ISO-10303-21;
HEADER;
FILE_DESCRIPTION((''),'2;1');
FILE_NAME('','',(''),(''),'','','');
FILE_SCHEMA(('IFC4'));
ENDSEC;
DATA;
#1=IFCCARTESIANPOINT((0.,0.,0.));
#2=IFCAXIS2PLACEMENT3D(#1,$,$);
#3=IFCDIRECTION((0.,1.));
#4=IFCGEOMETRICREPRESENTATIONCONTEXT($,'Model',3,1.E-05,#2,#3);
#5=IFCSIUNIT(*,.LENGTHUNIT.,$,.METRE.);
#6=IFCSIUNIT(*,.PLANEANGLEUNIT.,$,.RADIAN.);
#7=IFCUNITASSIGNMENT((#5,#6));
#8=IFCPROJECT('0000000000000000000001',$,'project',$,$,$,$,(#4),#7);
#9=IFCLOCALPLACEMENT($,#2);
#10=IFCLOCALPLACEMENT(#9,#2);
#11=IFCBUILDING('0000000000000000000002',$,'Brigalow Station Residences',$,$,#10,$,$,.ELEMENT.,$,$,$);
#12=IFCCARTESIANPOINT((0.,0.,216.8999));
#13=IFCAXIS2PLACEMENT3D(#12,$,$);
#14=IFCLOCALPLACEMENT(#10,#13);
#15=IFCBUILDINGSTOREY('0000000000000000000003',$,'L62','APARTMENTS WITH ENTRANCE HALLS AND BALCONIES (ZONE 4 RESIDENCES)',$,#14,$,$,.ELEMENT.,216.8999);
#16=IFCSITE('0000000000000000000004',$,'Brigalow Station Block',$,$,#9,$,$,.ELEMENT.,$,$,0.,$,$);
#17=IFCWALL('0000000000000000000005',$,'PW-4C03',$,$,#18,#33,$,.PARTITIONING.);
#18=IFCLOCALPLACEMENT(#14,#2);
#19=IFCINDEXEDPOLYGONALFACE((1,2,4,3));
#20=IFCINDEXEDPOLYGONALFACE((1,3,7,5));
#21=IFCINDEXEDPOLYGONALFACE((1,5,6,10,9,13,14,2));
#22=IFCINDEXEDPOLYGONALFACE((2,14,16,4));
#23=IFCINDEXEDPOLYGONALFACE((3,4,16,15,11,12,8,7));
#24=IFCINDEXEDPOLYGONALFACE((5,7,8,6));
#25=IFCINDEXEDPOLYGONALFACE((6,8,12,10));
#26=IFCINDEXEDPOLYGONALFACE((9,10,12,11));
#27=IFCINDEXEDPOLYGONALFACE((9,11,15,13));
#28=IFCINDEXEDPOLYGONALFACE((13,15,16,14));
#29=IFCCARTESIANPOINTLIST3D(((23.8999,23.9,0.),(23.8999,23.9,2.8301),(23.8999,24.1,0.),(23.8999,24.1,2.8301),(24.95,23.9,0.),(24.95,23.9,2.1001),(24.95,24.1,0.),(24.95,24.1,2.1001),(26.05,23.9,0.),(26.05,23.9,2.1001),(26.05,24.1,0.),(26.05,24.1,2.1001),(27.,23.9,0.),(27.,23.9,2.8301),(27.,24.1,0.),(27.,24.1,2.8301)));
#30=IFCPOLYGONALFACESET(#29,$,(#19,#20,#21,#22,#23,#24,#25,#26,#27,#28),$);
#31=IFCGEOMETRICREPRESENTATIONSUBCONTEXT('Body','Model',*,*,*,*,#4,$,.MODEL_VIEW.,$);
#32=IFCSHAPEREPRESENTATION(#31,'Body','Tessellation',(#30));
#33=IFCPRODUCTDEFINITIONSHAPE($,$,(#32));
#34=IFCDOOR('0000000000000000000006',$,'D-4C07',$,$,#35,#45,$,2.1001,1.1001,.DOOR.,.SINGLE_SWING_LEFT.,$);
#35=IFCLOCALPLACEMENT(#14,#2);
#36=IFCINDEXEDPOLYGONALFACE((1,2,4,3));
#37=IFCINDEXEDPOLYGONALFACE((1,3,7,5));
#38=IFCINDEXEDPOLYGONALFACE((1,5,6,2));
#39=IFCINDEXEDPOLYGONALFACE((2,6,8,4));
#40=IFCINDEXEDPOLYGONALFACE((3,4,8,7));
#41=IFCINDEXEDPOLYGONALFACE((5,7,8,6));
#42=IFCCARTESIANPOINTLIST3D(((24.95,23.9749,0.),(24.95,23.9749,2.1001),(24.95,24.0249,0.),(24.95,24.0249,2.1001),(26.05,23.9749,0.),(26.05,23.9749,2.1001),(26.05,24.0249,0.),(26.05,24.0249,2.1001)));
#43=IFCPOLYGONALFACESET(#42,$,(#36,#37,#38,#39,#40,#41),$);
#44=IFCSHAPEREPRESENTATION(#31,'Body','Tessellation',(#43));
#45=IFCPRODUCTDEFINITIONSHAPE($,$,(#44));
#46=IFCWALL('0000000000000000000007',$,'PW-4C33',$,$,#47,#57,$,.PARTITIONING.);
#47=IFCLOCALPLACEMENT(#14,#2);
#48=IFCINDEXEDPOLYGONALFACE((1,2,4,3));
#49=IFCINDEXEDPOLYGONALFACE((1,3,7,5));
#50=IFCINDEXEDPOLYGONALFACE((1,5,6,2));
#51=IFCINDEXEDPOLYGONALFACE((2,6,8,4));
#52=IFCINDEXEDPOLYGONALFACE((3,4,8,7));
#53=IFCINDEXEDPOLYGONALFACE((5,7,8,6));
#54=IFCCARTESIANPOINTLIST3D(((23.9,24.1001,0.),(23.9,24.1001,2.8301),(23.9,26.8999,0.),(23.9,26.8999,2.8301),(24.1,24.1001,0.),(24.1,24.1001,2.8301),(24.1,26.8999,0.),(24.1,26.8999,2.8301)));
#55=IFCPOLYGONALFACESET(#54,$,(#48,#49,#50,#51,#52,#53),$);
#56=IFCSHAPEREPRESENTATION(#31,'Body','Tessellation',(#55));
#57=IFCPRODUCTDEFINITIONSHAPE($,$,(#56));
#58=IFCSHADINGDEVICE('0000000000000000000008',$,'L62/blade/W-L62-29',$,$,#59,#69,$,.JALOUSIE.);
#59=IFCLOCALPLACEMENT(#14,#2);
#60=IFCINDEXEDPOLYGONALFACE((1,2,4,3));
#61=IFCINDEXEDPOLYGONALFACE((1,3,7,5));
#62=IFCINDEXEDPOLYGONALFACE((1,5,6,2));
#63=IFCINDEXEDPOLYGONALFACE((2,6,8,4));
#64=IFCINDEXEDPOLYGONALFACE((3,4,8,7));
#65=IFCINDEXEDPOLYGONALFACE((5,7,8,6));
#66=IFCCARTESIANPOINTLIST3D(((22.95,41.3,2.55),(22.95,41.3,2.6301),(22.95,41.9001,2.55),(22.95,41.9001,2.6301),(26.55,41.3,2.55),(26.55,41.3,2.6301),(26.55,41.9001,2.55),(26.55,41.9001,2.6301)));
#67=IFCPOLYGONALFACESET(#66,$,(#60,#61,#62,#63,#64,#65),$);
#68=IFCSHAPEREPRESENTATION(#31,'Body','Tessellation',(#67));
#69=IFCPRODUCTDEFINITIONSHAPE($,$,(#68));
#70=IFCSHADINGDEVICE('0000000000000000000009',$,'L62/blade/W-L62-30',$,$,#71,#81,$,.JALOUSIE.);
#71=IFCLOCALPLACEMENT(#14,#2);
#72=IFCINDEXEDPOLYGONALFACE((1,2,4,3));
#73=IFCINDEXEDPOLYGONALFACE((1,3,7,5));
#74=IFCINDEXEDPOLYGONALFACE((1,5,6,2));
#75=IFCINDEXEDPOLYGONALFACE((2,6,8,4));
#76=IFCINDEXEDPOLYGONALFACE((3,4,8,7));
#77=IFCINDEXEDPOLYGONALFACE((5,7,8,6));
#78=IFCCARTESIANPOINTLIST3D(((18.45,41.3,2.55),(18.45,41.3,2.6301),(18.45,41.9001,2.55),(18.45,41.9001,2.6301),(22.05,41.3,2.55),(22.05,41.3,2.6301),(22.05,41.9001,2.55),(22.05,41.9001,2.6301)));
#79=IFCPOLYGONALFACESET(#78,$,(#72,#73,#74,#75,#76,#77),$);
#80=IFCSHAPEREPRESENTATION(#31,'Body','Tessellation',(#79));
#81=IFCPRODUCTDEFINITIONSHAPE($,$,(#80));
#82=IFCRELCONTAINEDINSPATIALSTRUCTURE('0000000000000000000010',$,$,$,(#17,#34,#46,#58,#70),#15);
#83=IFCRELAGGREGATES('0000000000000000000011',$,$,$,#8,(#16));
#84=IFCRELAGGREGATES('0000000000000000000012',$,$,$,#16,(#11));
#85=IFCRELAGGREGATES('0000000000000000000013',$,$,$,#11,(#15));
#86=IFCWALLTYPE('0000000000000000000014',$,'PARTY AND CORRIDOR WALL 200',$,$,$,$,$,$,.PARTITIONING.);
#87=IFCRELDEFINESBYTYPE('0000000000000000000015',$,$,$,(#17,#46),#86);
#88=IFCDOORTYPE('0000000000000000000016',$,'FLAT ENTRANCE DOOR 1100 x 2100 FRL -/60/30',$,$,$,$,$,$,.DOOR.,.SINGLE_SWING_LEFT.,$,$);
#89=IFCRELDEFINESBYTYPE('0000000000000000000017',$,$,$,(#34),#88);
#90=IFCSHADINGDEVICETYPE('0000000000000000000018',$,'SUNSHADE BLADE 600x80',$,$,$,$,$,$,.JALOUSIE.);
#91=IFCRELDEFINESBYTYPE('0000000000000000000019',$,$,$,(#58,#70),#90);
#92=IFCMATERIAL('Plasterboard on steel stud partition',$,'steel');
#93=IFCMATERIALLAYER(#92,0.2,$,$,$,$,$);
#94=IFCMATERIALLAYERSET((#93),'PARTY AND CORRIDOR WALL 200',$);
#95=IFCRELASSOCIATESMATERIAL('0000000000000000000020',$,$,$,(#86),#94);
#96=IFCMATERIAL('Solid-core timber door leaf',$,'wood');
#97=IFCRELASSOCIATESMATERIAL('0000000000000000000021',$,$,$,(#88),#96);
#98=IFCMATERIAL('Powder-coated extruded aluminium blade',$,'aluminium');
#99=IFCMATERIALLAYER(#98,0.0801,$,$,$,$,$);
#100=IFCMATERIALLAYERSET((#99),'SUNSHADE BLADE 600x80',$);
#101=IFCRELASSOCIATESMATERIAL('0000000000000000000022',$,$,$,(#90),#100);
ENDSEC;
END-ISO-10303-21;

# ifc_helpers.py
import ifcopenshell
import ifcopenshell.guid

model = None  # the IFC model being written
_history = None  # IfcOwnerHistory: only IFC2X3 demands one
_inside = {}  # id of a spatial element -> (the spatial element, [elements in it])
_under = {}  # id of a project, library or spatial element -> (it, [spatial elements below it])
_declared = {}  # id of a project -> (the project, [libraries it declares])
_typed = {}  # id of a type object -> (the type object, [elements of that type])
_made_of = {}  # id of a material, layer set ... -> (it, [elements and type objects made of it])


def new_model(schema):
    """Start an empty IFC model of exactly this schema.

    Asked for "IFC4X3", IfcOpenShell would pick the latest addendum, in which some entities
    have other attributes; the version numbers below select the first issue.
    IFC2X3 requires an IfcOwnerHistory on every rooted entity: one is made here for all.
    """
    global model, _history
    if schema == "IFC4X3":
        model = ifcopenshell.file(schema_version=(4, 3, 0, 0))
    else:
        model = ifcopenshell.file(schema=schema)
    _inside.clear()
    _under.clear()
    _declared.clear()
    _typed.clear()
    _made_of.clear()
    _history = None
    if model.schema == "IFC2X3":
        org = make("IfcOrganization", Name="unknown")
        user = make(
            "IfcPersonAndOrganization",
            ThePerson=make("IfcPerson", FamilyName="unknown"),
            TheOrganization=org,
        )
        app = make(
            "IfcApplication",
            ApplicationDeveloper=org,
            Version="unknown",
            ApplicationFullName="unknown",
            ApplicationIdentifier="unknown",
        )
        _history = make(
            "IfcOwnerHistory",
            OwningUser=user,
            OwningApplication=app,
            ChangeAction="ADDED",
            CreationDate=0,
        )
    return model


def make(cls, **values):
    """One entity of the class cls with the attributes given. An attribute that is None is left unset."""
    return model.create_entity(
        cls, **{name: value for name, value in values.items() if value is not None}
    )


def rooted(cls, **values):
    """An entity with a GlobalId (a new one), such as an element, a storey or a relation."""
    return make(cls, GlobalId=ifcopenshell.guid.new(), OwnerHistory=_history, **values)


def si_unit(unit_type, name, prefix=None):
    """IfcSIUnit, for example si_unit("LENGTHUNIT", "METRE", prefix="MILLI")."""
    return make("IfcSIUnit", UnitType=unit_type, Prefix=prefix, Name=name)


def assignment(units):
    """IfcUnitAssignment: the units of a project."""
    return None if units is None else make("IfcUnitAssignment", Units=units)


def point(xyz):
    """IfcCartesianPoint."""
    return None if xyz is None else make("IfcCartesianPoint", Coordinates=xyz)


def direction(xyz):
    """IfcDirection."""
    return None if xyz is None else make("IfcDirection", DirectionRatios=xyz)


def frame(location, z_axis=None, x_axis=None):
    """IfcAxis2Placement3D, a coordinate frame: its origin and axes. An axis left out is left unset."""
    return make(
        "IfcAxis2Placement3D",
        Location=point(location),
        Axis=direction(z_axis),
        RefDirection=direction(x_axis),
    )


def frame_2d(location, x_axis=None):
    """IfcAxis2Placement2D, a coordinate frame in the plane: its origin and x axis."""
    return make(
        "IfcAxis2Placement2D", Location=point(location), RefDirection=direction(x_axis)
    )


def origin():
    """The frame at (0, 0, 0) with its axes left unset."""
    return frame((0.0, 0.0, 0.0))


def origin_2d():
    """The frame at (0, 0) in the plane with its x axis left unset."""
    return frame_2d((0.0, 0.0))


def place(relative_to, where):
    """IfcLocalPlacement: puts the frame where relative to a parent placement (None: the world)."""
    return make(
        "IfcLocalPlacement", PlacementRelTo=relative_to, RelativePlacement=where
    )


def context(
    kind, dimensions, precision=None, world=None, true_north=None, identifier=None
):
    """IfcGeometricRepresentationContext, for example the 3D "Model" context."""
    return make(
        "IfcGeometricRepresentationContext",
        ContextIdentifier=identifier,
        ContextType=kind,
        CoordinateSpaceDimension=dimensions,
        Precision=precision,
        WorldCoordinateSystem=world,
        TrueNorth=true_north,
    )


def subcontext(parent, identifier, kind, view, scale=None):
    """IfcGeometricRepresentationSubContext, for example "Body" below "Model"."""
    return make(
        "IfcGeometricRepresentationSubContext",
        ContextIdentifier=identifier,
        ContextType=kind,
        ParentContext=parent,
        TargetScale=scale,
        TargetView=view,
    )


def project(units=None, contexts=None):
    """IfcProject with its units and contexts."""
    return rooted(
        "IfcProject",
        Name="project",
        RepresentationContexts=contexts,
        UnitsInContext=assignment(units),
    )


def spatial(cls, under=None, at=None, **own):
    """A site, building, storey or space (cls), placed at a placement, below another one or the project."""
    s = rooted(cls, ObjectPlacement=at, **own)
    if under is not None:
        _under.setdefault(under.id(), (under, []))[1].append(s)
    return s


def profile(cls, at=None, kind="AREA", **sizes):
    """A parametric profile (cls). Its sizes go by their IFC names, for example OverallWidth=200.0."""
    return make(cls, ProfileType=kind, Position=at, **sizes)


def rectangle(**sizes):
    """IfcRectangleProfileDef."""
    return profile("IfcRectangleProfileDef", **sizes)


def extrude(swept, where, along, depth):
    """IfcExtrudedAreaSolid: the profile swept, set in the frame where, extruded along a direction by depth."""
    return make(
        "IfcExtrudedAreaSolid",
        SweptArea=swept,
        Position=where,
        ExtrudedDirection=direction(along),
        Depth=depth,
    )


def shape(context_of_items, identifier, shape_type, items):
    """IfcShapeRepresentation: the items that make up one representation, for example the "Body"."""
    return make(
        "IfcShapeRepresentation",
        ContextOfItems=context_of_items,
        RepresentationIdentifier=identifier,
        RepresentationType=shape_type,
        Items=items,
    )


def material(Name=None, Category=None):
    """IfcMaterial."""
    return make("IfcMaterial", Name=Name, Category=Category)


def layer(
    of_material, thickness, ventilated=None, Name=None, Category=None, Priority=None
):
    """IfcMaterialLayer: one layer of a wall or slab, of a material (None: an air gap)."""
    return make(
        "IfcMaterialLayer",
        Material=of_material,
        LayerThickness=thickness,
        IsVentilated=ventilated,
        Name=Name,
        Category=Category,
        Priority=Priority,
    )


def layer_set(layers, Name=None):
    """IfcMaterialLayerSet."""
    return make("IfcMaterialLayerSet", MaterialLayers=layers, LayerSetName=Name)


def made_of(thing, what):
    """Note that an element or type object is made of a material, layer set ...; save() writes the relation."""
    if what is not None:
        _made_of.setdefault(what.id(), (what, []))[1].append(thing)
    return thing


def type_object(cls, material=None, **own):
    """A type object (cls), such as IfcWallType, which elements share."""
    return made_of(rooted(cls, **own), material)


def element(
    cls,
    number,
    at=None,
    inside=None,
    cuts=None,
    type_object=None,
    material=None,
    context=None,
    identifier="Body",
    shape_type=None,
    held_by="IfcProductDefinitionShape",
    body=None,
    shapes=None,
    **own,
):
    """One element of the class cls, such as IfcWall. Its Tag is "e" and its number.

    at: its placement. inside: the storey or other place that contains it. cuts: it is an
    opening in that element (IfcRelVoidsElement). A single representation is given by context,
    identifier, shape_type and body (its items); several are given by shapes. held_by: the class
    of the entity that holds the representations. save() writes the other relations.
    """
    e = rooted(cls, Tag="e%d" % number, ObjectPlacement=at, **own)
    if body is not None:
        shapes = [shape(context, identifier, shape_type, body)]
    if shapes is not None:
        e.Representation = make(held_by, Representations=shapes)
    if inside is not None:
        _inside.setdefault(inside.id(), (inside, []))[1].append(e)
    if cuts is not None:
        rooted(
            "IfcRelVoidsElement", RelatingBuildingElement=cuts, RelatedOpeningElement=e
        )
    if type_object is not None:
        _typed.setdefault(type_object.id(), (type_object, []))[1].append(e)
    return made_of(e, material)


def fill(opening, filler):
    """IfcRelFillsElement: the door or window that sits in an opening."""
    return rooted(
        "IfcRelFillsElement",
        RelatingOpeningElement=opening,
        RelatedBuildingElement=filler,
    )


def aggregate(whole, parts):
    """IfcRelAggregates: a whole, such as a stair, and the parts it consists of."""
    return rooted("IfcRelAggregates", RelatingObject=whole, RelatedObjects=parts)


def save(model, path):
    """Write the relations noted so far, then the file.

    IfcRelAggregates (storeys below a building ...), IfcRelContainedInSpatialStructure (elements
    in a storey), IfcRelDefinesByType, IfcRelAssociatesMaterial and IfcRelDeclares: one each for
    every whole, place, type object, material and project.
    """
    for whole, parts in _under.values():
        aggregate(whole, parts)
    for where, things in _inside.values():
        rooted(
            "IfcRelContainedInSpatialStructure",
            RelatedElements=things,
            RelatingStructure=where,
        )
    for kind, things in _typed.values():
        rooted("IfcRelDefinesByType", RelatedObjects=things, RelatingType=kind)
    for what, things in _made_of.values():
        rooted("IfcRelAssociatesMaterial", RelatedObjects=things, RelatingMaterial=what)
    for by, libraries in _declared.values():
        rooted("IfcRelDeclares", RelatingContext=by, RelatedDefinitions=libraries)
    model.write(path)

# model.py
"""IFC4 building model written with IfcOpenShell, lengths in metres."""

from ifc_helpers import new_model, si_unit, direction, frame, frame_2d, origin, origin_2d, place, context, subcontext, project, spatial, rectangle, extrude, material, layer, layer_set, type_object, element, fill, save


model = new_model("IFC4")

# Units and contexts
model_context = context("Model", 3, precision=1e-05, world=origin(), true_north=direction((0.0, 1.0)))
body_context = subcontext(model_context, "Body", "Model", "MODEL_VIEW")
ifc_project = project(units=[si_unit("LENGTHUNIT", "METRE"), si_unit("PLANEANGLEUNIT", "RADIAN")], contexts=[model_context])

# Site, building, storey
site_placement = place(None, origin())
site = spatial("IfcSite", under=ifc_project, at=site_placement, Name="Brigalow Station Block", CompositionType="ELEMENT", RefElevation=0.0)
building_placement = place(site_placement, origin())
building = spatial("IfcBuilding", under=site, at=building_placement, Name="Brigalow Station Residences", CompositionType="ELEMENT")
storey_placement = place(building_placement, frame((0.0, 0.0, 216.8999)))
storey = spatial("IfcBuildingStorey", under=building, at=storey_placement, Name="L62", Description="APARTMENTS WITH ENTRANCE HALLS AND BALCONIES (ZONE 4 RESIDENCES)", CompositionType="ELEMENT", Elevation=216.8999)

# Wall, opening, door
ifc_material_1 = material(Name="Plasterboard on steel stud partition", Category="steel")
ifc_layer_1 = layer(ifc_material_1, 0.2)
ifc_layer_set_1 = layer_set([ifc_layer_1], Name="PARTY AND CORRIDOR WALL 200")
wall_type_1 = type_object("IfcWallType", Name="PARTY AND CORRIDOR WALL 200", PredefinedType="PARTITIONING", material=ifc_layer_set_1)
wall_1_placement = place(storey_placement, frame((23.8999, 24.0, 0.0), z_axis=(0.0, 0.0, 1.0), x_axis=(1.0, 0.0, 0.0)))
wall_1 = element("IfcWall", 1, at=wall_1_placement, inside=storey, type_object=wall_type_1, Name="PW-4C03", PredefinedType="PARTITIONING", context=body_context, shape_type="SweptSolid", body=[
    extrude(rectangle(XDim=3.1001, YDim=0.2, at=frame_2d((1.55, 0.0))), origin(), (0.0, 0.0, 1.0), 2.8301),
])
opening_1_placement = place(wall_1_placement, frame((1.05, 0.0, 0.0)))
opening_1 = element("IfcOpeningElement", 2, at=opening_1_placement, cuts=wall_1, PredefinedType="OPENING", context=body_context, shape_type="SweptSolid", body=[
    extrude(rectangle(XDim=1.1001, YDim=2.1001, at=frame_2d((0.55, 1.05))), frame((0.0, 0.1099, 0.0), z_axis=(0.0, -1.0, 0.0), x_axis=(1.0, 0.0, 0.0)), (0.0, 0.0, 1.0), 0.22),
])
ifc_material_2 = material(Name="Solid-core timber door leaf", Category="wood")
door_type_1 = type_object("IfcDoorType", Name="FLAT ENTRANCE DOOR 1100 x 2100 FRL -/60/30", OperationType="SINGLE_SWING_LEFT", PredefinedType="DOOR", material=ifc_material_2)
door_1_placement = place(opening_1_placement, origin())
door_1 = element("IfcDoor", 3, at=door_1_placement, inside=storey, type_object=door_type_1, Name="D-4C07", OperationType="SINGLE_SWING_LEFT", OverallHeight=2.1001, OverallWidth=1.1001, PredefinedType="DOOR", context=body_context, shape_type="SweptSolid", body=[
    extrude(rectangle(XDim=1.1001, YDim=2.1001, at=frame_2d((0.55, 1.05))), frame((0.0, 0.0249, 0.0), z_axis=(0.0, -1.0, 0.0), x_axis=(1.0, 0.0, 0.0)), (0.0, 0.0, 1.0), 0.05),
])
fill(opening_1, door_1)

# Wall
wall_2_placement = place(storey_placement, frame((24.0, 24.1001, 0.0), z_axis=(0.0, 0.0, 1.0), x_axis=(0.0, 1.0, 0.0)))
element("IfcWall", 4, at=wall_2_placement, inside=storey, type_object=wall_type_1, Name="PW-4C33", PredefinedType="PARTITIONING", context=body_context, shape_type="SweptSolid", body=[
    extrude(rectangle(XDim=2.7998, YDim=0.2, at=frame_2d((1.3999, 0.0))), origin(), (0.0, 0.0, 1.0), 2.8301),
])

# Shading devices
ifc_material_3 = material(Name="Powder-coated extruded aluminium blade", Category="aluminium")
ifc_layer_2 = layer(ifc_material_3, 0.0801)
ifc_layer_set_2 = layer_set([ifc_layer_2], Name="SUNSHADE BLADE 600x80")
shading_device_type = type_object("IfcShadingDeviceType", Name="SUNSHADE BLADE 600x80", PredefinedType="JALOUSIE", material=ifc_layer_set_2)
for number, where, z_axis, x_axis, name in (
    (5, (24.75, 41.6001, 2.55), (0.0, 0.0, 1.0), (-1.0, 0.0, 0.0), "L62/blade/W-L62-29"),
    (6, (20.25, 41.6001, 2.55), (0.0, 0.0, 1.0), (-1.0, 0.0, 0.0), "L62/blade/W-L62-30"),
):
    element("IfcShadingDevice", number, at=place(storey_placement, frame(where, z_axis=z_axis, x_axis=x_axis)), inside=storey, type_object=shading_device_type, Name=name, PredefinedType="JALOUSIE", context=body_context, shape_type="SweptSolid", body=[
        extrude(rectangle(XDim=3.6001, YDim=0.6001, at=origin_2d()), origin(), (0.0, 0.0, 1.0), 0.0801),
    ])

save(model, "model.ifc")
